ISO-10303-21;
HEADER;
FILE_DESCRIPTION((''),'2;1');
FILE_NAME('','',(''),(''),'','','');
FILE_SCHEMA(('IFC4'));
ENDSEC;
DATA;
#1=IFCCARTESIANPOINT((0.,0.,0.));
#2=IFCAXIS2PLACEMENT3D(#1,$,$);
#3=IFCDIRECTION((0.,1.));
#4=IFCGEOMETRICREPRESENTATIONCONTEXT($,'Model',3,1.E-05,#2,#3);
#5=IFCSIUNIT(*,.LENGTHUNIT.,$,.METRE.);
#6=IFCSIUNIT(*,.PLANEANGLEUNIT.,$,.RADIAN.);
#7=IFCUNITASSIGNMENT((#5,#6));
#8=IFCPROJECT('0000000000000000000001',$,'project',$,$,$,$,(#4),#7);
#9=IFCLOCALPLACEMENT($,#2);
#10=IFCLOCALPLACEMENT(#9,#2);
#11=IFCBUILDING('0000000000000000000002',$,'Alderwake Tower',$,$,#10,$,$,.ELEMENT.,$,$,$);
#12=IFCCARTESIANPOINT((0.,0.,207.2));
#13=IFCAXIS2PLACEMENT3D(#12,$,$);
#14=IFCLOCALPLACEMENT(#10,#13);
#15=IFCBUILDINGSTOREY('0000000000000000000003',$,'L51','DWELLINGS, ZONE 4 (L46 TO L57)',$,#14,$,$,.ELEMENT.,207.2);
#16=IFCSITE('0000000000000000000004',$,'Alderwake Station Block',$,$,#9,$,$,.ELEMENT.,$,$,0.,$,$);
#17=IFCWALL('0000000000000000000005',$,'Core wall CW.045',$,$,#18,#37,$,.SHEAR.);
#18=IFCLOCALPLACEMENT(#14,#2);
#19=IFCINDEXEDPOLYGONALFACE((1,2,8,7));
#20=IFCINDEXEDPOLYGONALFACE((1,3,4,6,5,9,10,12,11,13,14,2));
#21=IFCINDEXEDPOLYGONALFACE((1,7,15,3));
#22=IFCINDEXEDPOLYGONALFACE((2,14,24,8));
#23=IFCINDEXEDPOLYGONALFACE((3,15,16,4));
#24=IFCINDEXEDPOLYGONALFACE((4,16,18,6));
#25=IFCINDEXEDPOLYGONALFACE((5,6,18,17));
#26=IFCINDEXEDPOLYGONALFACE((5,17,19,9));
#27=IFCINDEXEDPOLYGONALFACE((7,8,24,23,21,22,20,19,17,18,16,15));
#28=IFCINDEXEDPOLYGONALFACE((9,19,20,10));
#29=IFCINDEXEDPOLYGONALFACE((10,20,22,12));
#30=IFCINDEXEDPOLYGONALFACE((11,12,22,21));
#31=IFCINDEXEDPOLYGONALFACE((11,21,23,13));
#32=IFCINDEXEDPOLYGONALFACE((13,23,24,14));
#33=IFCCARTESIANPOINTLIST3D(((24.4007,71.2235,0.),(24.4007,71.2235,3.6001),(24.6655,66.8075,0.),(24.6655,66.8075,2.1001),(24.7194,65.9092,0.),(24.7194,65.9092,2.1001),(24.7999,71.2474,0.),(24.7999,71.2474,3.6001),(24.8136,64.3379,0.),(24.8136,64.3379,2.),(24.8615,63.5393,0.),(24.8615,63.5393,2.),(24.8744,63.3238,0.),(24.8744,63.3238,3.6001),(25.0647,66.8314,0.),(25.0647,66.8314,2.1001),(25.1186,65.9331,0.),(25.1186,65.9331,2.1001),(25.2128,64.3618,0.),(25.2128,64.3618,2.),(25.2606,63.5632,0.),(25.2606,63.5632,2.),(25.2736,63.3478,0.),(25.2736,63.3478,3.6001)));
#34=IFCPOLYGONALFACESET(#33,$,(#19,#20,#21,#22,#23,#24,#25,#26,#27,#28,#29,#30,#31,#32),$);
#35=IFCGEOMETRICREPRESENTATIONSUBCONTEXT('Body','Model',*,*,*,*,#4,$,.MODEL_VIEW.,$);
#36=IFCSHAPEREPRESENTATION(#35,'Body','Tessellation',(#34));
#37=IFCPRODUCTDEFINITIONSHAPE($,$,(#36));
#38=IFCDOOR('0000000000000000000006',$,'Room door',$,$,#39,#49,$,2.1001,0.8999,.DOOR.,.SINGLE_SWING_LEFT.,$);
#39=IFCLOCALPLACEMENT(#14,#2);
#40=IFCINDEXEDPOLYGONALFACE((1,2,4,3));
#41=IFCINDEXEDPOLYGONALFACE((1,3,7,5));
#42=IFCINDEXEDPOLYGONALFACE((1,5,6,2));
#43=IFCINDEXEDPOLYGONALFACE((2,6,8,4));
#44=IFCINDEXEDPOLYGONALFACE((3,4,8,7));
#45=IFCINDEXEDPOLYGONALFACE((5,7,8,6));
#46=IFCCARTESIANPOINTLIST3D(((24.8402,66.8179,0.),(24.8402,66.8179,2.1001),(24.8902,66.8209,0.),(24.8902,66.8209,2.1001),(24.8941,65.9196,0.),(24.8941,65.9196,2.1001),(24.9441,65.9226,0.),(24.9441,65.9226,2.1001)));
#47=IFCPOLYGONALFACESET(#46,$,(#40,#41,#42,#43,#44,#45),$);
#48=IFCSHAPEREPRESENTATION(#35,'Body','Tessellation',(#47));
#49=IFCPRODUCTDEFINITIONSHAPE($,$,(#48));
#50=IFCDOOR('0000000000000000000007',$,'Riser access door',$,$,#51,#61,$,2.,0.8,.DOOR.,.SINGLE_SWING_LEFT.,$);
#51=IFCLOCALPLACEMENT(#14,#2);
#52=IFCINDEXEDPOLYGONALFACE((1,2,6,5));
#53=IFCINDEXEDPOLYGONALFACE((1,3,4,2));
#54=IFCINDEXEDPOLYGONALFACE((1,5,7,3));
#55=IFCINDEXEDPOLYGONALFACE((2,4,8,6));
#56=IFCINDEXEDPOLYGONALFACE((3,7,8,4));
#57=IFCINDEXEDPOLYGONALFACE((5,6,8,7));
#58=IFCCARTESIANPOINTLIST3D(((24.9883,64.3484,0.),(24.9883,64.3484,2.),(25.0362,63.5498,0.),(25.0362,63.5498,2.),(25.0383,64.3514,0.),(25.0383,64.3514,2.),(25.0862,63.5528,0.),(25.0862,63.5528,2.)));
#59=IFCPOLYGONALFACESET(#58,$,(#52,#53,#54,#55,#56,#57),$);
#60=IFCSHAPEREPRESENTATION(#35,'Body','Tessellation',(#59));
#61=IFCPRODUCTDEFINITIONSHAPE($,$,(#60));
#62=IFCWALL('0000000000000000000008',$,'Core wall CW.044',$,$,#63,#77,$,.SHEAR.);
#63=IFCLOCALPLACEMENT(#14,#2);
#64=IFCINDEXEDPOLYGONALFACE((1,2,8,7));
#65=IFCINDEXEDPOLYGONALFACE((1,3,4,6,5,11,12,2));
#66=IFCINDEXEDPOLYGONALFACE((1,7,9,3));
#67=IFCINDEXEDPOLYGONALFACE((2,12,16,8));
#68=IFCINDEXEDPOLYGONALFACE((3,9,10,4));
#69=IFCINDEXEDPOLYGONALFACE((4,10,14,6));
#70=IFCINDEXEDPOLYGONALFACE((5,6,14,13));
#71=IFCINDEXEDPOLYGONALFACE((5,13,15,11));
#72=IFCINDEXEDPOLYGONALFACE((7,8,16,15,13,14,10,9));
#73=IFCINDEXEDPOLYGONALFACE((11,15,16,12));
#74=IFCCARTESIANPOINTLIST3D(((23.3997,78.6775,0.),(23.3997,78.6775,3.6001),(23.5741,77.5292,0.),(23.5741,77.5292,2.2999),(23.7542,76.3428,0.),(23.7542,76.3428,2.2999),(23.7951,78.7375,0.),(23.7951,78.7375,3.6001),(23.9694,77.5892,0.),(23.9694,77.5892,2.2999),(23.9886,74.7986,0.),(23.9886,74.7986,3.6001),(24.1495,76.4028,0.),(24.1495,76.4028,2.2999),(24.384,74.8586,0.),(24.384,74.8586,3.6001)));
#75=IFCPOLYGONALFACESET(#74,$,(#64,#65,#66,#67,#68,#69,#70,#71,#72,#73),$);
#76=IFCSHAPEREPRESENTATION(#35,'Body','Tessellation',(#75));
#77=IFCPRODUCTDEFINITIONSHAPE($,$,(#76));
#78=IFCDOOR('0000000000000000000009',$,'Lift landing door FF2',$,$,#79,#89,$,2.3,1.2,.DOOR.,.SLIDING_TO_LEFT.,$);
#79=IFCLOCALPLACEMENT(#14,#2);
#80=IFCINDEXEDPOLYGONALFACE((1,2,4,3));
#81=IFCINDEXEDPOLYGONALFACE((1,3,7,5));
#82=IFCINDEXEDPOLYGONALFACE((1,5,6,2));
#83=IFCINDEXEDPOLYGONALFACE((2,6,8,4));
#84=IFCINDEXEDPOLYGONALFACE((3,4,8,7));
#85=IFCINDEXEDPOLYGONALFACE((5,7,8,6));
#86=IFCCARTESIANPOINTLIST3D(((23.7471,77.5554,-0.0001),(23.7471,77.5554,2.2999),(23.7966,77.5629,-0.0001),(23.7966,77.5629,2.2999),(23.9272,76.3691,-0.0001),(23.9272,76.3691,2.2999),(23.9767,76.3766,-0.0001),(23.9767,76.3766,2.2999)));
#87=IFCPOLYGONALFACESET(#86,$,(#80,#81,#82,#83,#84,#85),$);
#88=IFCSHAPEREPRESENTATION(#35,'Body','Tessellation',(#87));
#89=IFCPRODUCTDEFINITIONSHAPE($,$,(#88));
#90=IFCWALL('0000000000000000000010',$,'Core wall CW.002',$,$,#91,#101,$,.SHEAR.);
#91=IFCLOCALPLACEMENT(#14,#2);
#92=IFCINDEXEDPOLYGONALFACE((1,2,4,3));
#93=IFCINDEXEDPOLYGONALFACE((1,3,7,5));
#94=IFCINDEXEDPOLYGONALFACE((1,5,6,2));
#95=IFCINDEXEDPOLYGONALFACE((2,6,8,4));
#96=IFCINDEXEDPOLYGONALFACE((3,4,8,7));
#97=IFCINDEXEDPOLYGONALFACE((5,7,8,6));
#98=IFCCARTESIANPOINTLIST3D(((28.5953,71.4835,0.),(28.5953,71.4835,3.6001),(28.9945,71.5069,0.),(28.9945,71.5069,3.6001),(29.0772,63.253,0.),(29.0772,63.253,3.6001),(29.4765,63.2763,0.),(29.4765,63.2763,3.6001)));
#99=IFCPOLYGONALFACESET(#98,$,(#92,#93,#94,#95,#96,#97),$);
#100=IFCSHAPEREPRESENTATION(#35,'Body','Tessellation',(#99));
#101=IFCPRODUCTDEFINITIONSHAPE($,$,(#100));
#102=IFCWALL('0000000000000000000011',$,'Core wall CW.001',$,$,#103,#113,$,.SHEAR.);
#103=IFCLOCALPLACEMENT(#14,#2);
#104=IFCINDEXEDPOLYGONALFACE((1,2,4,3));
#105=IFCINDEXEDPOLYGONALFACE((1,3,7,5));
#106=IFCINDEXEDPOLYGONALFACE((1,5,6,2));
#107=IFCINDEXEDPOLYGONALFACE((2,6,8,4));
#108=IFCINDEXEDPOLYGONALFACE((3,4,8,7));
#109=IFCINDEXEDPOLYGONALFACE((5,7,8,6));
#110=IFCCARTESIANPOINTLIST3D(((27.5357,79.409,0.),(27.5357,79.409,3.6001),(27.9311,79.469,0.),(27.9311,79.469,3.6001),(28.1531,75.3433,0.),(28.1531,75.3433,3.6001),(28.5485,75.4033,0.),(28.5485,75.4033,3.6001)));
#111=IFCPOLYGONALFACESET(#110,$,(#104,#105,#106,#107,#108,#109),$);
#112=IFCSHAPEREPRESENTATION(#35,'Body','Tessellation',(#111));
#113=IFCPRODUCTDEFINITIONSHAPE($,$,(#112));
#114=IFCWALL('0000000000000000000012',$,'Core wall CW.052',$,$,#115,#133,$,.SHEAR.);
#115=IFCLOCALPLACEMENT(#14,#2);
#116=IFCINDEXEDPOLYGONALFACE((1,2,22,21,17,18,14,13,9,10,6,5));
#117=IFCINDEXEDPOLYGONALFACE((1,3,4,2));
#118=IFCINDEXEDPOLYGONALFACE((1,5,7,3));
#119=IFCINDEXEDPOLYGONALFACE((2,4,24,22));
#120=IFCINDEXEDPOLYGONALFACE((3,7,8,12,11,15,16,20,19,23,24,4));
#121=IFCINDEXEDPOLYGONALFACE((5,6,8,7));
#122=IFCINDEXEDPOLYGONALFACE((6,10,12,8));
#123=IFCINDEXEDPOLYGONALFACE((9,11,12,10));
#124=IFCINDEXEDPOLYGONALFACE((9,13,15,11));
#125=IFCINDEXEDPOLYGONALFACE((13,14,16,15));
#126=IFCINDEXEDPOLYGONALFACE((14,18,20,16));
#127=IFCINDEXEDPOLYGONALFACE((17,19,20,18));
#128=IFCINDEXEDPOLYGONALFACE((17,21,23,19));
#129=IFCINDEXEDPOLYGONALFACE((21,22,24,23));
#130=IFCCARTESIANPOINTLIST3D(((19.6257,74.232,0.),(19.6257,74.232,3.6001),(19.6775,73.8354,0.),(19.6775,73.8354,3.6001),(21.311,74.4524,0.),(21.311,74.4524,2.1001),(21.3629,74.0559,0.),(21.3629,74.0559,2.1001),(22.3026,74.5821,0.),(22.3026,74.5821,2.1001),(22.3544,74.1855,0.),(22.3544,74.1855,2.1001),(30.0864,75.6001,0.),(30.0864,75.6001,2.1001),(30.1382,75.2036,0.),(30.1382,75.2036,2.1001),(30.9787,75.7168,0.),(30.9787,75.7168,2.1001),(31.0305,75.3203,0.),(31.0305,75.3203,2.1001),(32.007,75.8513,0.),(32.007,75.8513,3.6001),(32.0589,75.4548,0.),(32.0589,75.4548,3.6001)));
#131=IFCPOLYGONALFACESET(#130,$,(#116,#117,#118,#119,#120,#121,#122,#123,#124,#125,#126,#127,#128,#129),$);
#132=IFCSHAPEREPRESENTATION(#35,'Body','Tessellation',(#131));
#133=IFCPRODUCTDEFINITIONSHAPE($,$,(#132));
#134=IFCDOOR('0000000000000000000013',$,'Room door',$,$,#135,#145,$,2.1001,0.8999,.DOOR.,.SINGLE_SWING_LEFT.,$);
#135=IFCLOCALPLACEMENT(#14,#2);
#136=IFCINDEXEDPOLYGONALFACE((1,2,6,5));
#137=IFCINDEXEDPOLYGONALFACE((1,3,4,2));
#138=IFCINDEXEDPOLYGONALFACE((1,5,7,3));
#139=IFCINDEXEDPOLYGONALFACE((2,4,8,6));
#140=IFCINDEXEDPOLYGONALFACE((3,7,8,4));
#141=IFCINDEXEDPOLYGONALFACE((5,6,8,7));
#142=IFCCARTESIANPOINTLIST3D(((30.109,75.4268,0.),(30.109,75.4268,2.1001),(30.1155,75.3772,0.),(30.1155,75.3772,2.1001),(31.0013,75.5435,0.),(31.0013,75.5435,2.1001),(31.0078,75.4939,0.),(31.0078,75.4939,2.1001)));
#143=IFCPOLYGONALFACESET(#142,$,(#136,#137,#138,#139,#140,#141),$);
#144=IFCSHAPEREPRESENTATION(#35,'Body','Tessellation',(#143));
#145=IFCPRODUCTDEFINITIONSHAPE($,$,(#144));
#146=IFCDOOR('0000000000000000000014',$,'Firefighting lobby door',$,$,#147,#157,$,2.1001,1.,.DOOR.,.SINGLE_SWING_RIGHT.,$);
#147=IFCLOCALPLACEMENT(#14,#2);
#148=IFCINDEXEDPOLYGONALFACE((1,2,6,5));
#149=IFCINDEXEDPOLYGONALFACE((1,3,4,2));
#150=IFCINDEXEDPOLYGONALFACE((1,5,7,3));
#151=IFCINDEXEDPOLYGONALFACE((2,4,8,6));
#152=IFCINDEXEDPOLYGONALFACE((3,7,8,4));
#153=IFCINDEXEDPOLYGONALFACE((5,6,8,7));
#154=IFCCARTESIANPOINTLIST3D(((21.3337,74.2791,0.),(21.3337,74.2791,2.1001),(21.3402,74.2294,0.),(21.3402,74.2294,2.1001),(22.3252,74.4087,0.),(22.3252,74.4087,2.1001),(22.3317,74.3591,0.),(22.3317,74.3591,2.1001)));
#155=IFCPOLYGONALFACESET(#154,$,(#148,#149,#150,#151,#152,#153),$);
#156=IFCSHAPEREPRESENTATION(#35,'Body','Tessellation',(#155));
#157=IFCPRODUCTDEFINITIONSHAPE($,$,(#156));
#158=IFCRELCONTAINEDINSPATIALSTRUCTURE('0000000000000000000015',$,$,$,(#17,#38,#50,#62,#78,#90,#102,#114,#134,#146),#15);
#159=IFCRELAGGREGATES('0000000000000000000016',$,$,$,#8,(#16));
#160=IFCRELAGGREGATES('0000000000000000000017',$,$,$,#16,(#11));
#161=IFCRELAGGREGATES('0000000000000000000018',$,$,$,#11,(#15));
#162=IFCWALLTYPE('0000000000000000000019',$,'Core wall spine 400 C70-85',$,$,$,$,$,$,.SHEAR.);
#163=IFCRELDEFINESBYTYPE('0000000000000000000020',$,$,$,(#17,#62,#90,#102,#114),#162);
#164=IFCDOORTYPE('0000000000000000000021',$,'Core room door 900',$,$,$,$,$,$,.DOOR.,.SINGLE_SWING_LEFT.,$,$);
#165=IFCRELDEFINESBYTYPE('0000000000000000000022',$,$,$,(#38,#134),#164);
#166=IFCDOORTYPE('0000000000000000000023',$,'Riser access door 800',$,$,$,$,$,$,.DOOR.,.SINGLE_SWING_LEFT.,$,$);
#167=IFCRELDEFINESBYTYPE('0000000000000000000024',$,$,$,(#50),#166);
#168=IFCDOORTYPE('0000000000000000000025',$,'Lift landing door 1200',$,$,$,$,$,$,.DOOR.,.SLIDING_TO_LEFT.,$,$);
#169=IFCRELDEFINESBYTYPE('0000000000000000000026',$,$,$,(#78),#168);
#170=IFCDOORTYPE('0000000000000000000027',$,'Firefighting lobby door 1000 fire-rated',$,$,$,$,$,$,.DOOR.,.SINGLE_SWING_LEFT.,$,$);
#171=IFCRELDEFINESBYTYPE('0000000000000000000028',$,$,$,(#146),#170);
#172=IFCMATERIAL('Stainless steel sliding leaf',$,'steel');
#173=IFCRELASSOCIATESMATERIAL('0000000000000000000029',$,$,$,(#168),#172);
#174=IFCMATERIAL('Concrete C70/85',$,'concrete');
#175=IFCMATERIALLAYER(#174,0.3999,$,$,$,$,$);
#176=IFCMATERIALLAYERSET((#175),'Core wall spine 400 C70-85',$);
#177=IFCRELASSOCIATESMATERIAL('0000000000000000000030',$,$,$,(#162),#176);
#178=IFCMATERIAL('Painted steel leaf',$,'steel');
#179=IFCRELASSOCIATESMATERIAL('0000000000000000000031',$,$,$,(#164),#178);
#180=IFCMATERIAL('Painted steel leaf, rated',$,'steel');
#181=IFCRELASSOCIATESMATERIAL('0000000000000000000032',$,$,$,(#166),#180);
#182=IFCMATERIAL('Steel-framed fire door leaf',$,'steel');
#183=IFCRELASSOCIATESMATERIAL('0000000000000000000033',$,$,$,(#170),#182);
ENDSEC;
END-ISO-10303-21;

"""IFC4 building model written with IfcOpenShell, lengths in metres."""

from ifc_helpers import new_model, si_unit, direction, frame, frame_2d, origin, place, context, subcontext, project, spatial, rectangle, extrude, material, layer, layer_set, type_object, element, fill, save


model = new_model("IFC4")

# Units and contexts
model_context = context("Model", 3, precision=1e-05, world=origin(), true_north=direction((0.0, 1.0)))
body_context = subcontext(model_context, "Body", "Model", "MODEL_VIEW")
ifc_project = project(units=[si_unit("LENGTHUNIT", "METRE"), si_unit("PLANEANGLEUNIT", "RADIAN")], contexts=[model_context])

# Site, building, storey
site_placement = place(None, origin())
site = spatial("IfcSite", under=ifc_project, at=site_placement, Name="Alderwake Station Block", CompositionType="ELEMENT", RefElevation=0.0)
building_placement = place(site_placement, origin())
building = spatial("IfcBuilding", under=site, at=building_placement, Name="Alderwake Tower", CompositionType="ELEMENT")
storey_placement = place(building_placement, frame((0.0, 0.0, 207.2)))
storey = spatial("IfcBuildingStorey", under=building, at=storey_placement, Name="L51", Description="DWELLINGS, ZONE 4 (L46 TO L57)", CompositionType="ELEMENT", Elevation=207.2)

# Shared definitions
ifc_material_1 = material(Name="Stainless steel sliding leaf", Category="steel")
door_type_1 = type_object("IfcDoorType", Name="Lift landing door 1200", OperationType="SLIDING_TO_LEFT", PredefinedType="DOOR", material=ifc_material_1)

# Wall, openings, doors
ifc_material_2 = material(Name="Concrete C70/85", Category="concrete")
ifc_layer_1 = layer(ifc_material_2, 0.3999)
ifc_layer_set_1 = layer_set([ifc_layer_1], Name="Core wall spine 400 C70-85")
wall_type_1 = type_object("IfcWallType", Name="Core wall spine 400 C70-85", PredefinedType="SHEAR", material=ifc_layer_set_1)
wall_1_placement = place(storey_placement, frame((25.074, 63.3357, 0.0), z_axis=(0.0, 0.0, 1.0), x_axis=(-0.059849, 0.998207, 0.0)))
wall_1 = element("IfcWall", 1, at=wall_1_placement, inside=storey, type_object=wall_type_1, Name="Core wall CW.045", PredefinedType="SHEAR", context=body_context, shape_type="SweptSolid", body=[
    extrude(rectangle(XDim=7.9138, YDim=0.3999, at=frame_2d((3.957, 0.0))), origin(), (0.0, 0.0, 1.0), 3.6001),
])
opening_1_placement = place(wall_1_placement, frame((0.2161, 0.0, 0.0)))
opening_1 = element("IfcOpeningElement", 2, at=opening_1_placement, cuts=wall_1, PredefinedType="OPENING", context=body_context, shape_type="SweptSolid", body=[
    extrude(rectangle(XDim=0.8, YDim=2.0, at=frame_2d((0.3999, 1.0))), frame((0.0, 0.21, 0.0), z_axis=(0.0, -1.0, 0.0), x_axis=(1.0, 0.0, 0.0)), (0.0, 0.0, 1.0), 0.4199),
])
opening_2_placement = place(wall_1_placement, frame((2.5901, 0.0, 0.0)))
opening_2 = element("IfcOpeningElement", 3, at=opening_2_placement, cuts=wall_1, PredefinedType="OPENING", context=body_context, shape_type="SweptSolid", body=[
    extrude(rectangle(XDim=0.8999, YDim=2.1001, at=frame_2d((0.45, 1.05))), frame((0.0, 0.21, 0.0), z_axis=(0.0, -1.0, 0.0), x_axis=(1.0, 0.0, 0.0)), (0.0, 0.0, 1.0), 0.4199),
])
ifc_material_3 = material(Name="Painted steel leaf", Category="steel")
door_type_2 = type_object("IfcDoorType", Name="Core room door 900", OperationType="SINGLE_SWING_LEFT", PredefinedType="DOOR", material=ifc_material_3)
door_1_placement = place(opening_2_placement, origin())
door_1 = element("IfcDoor", 4, at=door_1_placement, inside=storey, type_object=door_type_2, Name="Room door", OperationType="SINGLE_SWING_LEFT", OverallHeight=2.1001, OverallWidth=0.8999, PredefinedType="DOOR", context=body_context, shape_type="SweptSolid", body=[
    extrude(rectangle(XDim=0.8999, YDim=2.1001, at=frame_2d((0.45, 1.05))), frame((0.0, 0.0249, 0.0), z_axis=(0.0, -1.0, 0.0), x_axis=(1.0, 0.0, 0.0)), (0.0, 0.0, 1.0), 0.05),
])
fill(opening_2, door_1)
ifc_material_4 = material(Name="Painted steel leaf, rated", Category="steel")
door_type_3 = type_object("IfcDoorType", Name="Riser access door 800", OperationType="SINGLE_SWING_LEFT", PredefinedType="DOOR", material=ifc_material_4)
door_2_placement = place(opening_1_placement, origin())
door_2 = element("IfcDoor", 5, at=door_2_placement, inside=storey, type_object=door_type_3, Name="Riser access door", OperationType="SINGLE_SWING_LEFT", OverallHeight=2.0, OverallWidth=0.8, PredefinedType="DOOR", context=body_context, shape_type="SweptSolid", body=[
    extrude(rectangle(XDim=0.8, YDim=2.0, at=frame_2d((0.3999, 1.0))), frame((0.0, 0.0249, 0.0), z_axis=(0.0, -1.0, 0.0), x_axis=(1.0, 0.0, 0.0)), (0.0, 0.0, 1.0), 0.05),
])
fill(opening_1, door_2)

# Wall, opening, door
wall_2_placement = place(storey_placement, frame((24.1863, 74.8286, 0.0), z_axis=(0.0, 0.0, 1.0), x_axis=(-0.150093, 0.988672, 0.0)))
wall_2 = element("IfcWall", 6, at=wall_2_placement, inside=storey, type_object=wall_type_1, Name="Core wall CW.044", PredefinedType="SHEAR", context=body_context, shape_type="SweptSolid", body=[
    extrude(rectangle(XDim=3.9233, YDim=0.3999, at=frame_2d((1.9617, 0.0))), origin(), (0.0, 0.0, 1.0), 3.6001),
])
opening_3_placement = place(wall_2_placement, frame((1.5618, 0.0, 0.0)))
opening_3 = element("IfcOpeningElement", 7, at=opening_3_placement, cuts=wall_2, PredefinedType="OPENING", context=body_context, shape_type="SweptSolid", body=[
    extrude(rectangle(XDim=1.2, YDim=2.3, at=frame_2d((0.6001, 1.1499))), frame((0.0, 0.21, 0.0), z_axis=(0.0, -1.0, 0.0), x_axis=(1.0, 0.0, 0.0)), (0.0, 0.0, 1.0), 0.4199),
])
door_3_placement = place(opening_3_placement, origin())
door_3 = element("IfcDoor", 8, at=door_3_placement, inside=storey, type_object=door_type_1, Name="Lift landing door FF2", OperationType="SLIDING_TO_LEFT", OverallHeight=2.3, OverallWidth=1.2, PredefinedType="DOOR", context=body_context, shape_type="SweptSolid", body=[
    extrude(rectangle(XDim=1.2, YDim=2.3, at=frame_2d((0.6001, 1.1499))), frame((0.0, 0.0249, 0.0), z_axis=(0.0, -1.0, 0.0), x_axis=(1.0, 0.0, 0.0)), (0.0, 0.0, 1.0), 0.05),
])
fill(opening_3, door_3)

# Walls
wall_3_placement = place(storey_placement, frame((29.2769, 63.2646, 0.0), z_axis=(0.0, 0.0, 1.0), x_axis=(-0.058455, 0.99829, 0.0)))
element("IfcWall", 9, at=wall_3_placement, inside=storey, type_object=wall_type_1, Name="Core wall CW.002", PredefinedType="SHEAR", context=body_context, shape_type="SweptSolid", body=[
    extrude(rectangle(XDim=8.2446, YDim=0.3999, at=frame_2d((4.1223, 0.0))), origin(), (0.0, 0.0, 1.0), 3.6001),
])
wall_4_placement = place(storey_placement, frame((28.3508, 75.3733, 0.0), z_axis=(0.0, 0.0, 1.0), x_axis=(-0.150143, 0.988664, 0.0)))
element("IfcWall", 10, at=wall_4_placement, inside=storey, type_object=wall_type_1, Name="Core wall CW.001", PredefinedType="SHEAR", context=body_context, shape_type="SweptSolid", body=[
    extrude(rectangle(XDim=4.1123, YDim=0.3999, at=frame_2d((2.0562, 0.0))), origin(), (0.0, 0.0, 1.0), 3.6001),
])

# Wall, openings, doors
wall_5_placement = place(storey_placement, frame((32.033, 75.6531, 0.0), z_axis=(0.0, 0.0, 1.0), x_axis=(-0.991555, -0.129688, 0.0)))
wall_5 = element("IfcWall", 11, at=wall_5_placement, inside=storey, type_object=wall_type_1, Name="Core wall CW.052", PredefinedType="SHEAR", context=body_context, shape_type="SweptSolid", body=[
    extrude(rectangle(XDim=12.4868, YDim=0.3999, at=frame_2d((6.2434, 0.0))), origin(), (0.0, 0.0, 1.0), 3.6001),
])
opening_4_placement = place(wall_5_placement, frame((9.7871, 0.0, 0.0)))
opening_4 = element("IfcOpeningElement", 12, at=opening_4_placement, cuts=wall_5, PredefinedType="OPENING", context=body_context, shape_type="SweptSolid", body=[
    extrude(rectangle(XDim=1.0, YDim=2.1001, at=frame_2d((0.5, 1.05))), frame((0.0, 0.21, 0.0), z_axis=(0.0, -1.0, 0.0), x_axis=(1.0, 0.0, 0.0)), (0.0, 0.0, 1.0), 0.4199),
])
opening_5_placement = place(wall_5_placement, frame((1.0371, 0.0, 0.0)))
opening_5 = element("IfcOpeningElement", 13, at=opening_5_placement, cuts=wall_5, PredefinedType="OPENING", context=body_context, shape_type="SweptSolid", body=[
    extrude(rectangle(XDim=0.8999, YDim=2.1001, at=frame_2d((0.45, 1.05))), frame((0.0, 0.21, 0.0), z_axis=(0.0, -1.0, 0.0), x_axis=(1.0, 0.0, 0.0)), (0.0, 0.0, 1.0), 0.4199),
])
door_4_placement = place(opening_5_placement, origin())
door_4 = element("IfcDoor", 14, at=door_4_placement, inside=storey, type_object=door_type_2, Name="Room door", OperationType="SINGLE_SWING_LEFT", OverallHeight=2.1001, OverallWidth=0.8999, PredefinedType="DOOR", context=body_context, shape_type="SweptSolid", body=[
    extrude(rectangle(XDim=0.8999, YDim=2.1001, at=frame_2d((0.45, 1.05))), frame((0.0, 0.0249, 0.0), z_axis=(0.0, -1.0, 0.0), x_axis=(1.0, 0.0, 0.0)), (0.0, 0.0, 1.0), 0.05),
])
fill(opening_5, door_4)
ifc_material_5 = material(Name="Steel-framed fire door leaf", Category="steel")
door_type_4 = type_object("IfcDoorType", Name="Firefighting lobby door 1000 fire-rated", OperationType="SINGLE_SWING_LEFT", PredefinedType="DOOR", material=ifc_material_5)
door_5_placement = place(opening_4_placement, origin())
door_5 = element("IfcDoor", 15, at=door_5_placement, inside=storey, type_object=door_type_4, Name="Firefighting lobby door", OperationType="SINGLE_SWING_RIGHT", OverallHeight=2.1001, OverallWidth=1.0, PredefinedType="DOOR", context=body_context, shape_type="SweptSolid", body=[
    extrude(rectangle(XDim=1.0, YDim=2.1001, at=frame_2d((0.5, 1.05))), frame((0.0, 0.0249, 0.0), z_axis=(0.0, -1.0, 0.0), x_axis=(1.0, 0.0, 0.0)), (0.0, 0.0, 1.0), 0.05),
])
fill(opening_4, door_5)

save(model, "model.ifc")
